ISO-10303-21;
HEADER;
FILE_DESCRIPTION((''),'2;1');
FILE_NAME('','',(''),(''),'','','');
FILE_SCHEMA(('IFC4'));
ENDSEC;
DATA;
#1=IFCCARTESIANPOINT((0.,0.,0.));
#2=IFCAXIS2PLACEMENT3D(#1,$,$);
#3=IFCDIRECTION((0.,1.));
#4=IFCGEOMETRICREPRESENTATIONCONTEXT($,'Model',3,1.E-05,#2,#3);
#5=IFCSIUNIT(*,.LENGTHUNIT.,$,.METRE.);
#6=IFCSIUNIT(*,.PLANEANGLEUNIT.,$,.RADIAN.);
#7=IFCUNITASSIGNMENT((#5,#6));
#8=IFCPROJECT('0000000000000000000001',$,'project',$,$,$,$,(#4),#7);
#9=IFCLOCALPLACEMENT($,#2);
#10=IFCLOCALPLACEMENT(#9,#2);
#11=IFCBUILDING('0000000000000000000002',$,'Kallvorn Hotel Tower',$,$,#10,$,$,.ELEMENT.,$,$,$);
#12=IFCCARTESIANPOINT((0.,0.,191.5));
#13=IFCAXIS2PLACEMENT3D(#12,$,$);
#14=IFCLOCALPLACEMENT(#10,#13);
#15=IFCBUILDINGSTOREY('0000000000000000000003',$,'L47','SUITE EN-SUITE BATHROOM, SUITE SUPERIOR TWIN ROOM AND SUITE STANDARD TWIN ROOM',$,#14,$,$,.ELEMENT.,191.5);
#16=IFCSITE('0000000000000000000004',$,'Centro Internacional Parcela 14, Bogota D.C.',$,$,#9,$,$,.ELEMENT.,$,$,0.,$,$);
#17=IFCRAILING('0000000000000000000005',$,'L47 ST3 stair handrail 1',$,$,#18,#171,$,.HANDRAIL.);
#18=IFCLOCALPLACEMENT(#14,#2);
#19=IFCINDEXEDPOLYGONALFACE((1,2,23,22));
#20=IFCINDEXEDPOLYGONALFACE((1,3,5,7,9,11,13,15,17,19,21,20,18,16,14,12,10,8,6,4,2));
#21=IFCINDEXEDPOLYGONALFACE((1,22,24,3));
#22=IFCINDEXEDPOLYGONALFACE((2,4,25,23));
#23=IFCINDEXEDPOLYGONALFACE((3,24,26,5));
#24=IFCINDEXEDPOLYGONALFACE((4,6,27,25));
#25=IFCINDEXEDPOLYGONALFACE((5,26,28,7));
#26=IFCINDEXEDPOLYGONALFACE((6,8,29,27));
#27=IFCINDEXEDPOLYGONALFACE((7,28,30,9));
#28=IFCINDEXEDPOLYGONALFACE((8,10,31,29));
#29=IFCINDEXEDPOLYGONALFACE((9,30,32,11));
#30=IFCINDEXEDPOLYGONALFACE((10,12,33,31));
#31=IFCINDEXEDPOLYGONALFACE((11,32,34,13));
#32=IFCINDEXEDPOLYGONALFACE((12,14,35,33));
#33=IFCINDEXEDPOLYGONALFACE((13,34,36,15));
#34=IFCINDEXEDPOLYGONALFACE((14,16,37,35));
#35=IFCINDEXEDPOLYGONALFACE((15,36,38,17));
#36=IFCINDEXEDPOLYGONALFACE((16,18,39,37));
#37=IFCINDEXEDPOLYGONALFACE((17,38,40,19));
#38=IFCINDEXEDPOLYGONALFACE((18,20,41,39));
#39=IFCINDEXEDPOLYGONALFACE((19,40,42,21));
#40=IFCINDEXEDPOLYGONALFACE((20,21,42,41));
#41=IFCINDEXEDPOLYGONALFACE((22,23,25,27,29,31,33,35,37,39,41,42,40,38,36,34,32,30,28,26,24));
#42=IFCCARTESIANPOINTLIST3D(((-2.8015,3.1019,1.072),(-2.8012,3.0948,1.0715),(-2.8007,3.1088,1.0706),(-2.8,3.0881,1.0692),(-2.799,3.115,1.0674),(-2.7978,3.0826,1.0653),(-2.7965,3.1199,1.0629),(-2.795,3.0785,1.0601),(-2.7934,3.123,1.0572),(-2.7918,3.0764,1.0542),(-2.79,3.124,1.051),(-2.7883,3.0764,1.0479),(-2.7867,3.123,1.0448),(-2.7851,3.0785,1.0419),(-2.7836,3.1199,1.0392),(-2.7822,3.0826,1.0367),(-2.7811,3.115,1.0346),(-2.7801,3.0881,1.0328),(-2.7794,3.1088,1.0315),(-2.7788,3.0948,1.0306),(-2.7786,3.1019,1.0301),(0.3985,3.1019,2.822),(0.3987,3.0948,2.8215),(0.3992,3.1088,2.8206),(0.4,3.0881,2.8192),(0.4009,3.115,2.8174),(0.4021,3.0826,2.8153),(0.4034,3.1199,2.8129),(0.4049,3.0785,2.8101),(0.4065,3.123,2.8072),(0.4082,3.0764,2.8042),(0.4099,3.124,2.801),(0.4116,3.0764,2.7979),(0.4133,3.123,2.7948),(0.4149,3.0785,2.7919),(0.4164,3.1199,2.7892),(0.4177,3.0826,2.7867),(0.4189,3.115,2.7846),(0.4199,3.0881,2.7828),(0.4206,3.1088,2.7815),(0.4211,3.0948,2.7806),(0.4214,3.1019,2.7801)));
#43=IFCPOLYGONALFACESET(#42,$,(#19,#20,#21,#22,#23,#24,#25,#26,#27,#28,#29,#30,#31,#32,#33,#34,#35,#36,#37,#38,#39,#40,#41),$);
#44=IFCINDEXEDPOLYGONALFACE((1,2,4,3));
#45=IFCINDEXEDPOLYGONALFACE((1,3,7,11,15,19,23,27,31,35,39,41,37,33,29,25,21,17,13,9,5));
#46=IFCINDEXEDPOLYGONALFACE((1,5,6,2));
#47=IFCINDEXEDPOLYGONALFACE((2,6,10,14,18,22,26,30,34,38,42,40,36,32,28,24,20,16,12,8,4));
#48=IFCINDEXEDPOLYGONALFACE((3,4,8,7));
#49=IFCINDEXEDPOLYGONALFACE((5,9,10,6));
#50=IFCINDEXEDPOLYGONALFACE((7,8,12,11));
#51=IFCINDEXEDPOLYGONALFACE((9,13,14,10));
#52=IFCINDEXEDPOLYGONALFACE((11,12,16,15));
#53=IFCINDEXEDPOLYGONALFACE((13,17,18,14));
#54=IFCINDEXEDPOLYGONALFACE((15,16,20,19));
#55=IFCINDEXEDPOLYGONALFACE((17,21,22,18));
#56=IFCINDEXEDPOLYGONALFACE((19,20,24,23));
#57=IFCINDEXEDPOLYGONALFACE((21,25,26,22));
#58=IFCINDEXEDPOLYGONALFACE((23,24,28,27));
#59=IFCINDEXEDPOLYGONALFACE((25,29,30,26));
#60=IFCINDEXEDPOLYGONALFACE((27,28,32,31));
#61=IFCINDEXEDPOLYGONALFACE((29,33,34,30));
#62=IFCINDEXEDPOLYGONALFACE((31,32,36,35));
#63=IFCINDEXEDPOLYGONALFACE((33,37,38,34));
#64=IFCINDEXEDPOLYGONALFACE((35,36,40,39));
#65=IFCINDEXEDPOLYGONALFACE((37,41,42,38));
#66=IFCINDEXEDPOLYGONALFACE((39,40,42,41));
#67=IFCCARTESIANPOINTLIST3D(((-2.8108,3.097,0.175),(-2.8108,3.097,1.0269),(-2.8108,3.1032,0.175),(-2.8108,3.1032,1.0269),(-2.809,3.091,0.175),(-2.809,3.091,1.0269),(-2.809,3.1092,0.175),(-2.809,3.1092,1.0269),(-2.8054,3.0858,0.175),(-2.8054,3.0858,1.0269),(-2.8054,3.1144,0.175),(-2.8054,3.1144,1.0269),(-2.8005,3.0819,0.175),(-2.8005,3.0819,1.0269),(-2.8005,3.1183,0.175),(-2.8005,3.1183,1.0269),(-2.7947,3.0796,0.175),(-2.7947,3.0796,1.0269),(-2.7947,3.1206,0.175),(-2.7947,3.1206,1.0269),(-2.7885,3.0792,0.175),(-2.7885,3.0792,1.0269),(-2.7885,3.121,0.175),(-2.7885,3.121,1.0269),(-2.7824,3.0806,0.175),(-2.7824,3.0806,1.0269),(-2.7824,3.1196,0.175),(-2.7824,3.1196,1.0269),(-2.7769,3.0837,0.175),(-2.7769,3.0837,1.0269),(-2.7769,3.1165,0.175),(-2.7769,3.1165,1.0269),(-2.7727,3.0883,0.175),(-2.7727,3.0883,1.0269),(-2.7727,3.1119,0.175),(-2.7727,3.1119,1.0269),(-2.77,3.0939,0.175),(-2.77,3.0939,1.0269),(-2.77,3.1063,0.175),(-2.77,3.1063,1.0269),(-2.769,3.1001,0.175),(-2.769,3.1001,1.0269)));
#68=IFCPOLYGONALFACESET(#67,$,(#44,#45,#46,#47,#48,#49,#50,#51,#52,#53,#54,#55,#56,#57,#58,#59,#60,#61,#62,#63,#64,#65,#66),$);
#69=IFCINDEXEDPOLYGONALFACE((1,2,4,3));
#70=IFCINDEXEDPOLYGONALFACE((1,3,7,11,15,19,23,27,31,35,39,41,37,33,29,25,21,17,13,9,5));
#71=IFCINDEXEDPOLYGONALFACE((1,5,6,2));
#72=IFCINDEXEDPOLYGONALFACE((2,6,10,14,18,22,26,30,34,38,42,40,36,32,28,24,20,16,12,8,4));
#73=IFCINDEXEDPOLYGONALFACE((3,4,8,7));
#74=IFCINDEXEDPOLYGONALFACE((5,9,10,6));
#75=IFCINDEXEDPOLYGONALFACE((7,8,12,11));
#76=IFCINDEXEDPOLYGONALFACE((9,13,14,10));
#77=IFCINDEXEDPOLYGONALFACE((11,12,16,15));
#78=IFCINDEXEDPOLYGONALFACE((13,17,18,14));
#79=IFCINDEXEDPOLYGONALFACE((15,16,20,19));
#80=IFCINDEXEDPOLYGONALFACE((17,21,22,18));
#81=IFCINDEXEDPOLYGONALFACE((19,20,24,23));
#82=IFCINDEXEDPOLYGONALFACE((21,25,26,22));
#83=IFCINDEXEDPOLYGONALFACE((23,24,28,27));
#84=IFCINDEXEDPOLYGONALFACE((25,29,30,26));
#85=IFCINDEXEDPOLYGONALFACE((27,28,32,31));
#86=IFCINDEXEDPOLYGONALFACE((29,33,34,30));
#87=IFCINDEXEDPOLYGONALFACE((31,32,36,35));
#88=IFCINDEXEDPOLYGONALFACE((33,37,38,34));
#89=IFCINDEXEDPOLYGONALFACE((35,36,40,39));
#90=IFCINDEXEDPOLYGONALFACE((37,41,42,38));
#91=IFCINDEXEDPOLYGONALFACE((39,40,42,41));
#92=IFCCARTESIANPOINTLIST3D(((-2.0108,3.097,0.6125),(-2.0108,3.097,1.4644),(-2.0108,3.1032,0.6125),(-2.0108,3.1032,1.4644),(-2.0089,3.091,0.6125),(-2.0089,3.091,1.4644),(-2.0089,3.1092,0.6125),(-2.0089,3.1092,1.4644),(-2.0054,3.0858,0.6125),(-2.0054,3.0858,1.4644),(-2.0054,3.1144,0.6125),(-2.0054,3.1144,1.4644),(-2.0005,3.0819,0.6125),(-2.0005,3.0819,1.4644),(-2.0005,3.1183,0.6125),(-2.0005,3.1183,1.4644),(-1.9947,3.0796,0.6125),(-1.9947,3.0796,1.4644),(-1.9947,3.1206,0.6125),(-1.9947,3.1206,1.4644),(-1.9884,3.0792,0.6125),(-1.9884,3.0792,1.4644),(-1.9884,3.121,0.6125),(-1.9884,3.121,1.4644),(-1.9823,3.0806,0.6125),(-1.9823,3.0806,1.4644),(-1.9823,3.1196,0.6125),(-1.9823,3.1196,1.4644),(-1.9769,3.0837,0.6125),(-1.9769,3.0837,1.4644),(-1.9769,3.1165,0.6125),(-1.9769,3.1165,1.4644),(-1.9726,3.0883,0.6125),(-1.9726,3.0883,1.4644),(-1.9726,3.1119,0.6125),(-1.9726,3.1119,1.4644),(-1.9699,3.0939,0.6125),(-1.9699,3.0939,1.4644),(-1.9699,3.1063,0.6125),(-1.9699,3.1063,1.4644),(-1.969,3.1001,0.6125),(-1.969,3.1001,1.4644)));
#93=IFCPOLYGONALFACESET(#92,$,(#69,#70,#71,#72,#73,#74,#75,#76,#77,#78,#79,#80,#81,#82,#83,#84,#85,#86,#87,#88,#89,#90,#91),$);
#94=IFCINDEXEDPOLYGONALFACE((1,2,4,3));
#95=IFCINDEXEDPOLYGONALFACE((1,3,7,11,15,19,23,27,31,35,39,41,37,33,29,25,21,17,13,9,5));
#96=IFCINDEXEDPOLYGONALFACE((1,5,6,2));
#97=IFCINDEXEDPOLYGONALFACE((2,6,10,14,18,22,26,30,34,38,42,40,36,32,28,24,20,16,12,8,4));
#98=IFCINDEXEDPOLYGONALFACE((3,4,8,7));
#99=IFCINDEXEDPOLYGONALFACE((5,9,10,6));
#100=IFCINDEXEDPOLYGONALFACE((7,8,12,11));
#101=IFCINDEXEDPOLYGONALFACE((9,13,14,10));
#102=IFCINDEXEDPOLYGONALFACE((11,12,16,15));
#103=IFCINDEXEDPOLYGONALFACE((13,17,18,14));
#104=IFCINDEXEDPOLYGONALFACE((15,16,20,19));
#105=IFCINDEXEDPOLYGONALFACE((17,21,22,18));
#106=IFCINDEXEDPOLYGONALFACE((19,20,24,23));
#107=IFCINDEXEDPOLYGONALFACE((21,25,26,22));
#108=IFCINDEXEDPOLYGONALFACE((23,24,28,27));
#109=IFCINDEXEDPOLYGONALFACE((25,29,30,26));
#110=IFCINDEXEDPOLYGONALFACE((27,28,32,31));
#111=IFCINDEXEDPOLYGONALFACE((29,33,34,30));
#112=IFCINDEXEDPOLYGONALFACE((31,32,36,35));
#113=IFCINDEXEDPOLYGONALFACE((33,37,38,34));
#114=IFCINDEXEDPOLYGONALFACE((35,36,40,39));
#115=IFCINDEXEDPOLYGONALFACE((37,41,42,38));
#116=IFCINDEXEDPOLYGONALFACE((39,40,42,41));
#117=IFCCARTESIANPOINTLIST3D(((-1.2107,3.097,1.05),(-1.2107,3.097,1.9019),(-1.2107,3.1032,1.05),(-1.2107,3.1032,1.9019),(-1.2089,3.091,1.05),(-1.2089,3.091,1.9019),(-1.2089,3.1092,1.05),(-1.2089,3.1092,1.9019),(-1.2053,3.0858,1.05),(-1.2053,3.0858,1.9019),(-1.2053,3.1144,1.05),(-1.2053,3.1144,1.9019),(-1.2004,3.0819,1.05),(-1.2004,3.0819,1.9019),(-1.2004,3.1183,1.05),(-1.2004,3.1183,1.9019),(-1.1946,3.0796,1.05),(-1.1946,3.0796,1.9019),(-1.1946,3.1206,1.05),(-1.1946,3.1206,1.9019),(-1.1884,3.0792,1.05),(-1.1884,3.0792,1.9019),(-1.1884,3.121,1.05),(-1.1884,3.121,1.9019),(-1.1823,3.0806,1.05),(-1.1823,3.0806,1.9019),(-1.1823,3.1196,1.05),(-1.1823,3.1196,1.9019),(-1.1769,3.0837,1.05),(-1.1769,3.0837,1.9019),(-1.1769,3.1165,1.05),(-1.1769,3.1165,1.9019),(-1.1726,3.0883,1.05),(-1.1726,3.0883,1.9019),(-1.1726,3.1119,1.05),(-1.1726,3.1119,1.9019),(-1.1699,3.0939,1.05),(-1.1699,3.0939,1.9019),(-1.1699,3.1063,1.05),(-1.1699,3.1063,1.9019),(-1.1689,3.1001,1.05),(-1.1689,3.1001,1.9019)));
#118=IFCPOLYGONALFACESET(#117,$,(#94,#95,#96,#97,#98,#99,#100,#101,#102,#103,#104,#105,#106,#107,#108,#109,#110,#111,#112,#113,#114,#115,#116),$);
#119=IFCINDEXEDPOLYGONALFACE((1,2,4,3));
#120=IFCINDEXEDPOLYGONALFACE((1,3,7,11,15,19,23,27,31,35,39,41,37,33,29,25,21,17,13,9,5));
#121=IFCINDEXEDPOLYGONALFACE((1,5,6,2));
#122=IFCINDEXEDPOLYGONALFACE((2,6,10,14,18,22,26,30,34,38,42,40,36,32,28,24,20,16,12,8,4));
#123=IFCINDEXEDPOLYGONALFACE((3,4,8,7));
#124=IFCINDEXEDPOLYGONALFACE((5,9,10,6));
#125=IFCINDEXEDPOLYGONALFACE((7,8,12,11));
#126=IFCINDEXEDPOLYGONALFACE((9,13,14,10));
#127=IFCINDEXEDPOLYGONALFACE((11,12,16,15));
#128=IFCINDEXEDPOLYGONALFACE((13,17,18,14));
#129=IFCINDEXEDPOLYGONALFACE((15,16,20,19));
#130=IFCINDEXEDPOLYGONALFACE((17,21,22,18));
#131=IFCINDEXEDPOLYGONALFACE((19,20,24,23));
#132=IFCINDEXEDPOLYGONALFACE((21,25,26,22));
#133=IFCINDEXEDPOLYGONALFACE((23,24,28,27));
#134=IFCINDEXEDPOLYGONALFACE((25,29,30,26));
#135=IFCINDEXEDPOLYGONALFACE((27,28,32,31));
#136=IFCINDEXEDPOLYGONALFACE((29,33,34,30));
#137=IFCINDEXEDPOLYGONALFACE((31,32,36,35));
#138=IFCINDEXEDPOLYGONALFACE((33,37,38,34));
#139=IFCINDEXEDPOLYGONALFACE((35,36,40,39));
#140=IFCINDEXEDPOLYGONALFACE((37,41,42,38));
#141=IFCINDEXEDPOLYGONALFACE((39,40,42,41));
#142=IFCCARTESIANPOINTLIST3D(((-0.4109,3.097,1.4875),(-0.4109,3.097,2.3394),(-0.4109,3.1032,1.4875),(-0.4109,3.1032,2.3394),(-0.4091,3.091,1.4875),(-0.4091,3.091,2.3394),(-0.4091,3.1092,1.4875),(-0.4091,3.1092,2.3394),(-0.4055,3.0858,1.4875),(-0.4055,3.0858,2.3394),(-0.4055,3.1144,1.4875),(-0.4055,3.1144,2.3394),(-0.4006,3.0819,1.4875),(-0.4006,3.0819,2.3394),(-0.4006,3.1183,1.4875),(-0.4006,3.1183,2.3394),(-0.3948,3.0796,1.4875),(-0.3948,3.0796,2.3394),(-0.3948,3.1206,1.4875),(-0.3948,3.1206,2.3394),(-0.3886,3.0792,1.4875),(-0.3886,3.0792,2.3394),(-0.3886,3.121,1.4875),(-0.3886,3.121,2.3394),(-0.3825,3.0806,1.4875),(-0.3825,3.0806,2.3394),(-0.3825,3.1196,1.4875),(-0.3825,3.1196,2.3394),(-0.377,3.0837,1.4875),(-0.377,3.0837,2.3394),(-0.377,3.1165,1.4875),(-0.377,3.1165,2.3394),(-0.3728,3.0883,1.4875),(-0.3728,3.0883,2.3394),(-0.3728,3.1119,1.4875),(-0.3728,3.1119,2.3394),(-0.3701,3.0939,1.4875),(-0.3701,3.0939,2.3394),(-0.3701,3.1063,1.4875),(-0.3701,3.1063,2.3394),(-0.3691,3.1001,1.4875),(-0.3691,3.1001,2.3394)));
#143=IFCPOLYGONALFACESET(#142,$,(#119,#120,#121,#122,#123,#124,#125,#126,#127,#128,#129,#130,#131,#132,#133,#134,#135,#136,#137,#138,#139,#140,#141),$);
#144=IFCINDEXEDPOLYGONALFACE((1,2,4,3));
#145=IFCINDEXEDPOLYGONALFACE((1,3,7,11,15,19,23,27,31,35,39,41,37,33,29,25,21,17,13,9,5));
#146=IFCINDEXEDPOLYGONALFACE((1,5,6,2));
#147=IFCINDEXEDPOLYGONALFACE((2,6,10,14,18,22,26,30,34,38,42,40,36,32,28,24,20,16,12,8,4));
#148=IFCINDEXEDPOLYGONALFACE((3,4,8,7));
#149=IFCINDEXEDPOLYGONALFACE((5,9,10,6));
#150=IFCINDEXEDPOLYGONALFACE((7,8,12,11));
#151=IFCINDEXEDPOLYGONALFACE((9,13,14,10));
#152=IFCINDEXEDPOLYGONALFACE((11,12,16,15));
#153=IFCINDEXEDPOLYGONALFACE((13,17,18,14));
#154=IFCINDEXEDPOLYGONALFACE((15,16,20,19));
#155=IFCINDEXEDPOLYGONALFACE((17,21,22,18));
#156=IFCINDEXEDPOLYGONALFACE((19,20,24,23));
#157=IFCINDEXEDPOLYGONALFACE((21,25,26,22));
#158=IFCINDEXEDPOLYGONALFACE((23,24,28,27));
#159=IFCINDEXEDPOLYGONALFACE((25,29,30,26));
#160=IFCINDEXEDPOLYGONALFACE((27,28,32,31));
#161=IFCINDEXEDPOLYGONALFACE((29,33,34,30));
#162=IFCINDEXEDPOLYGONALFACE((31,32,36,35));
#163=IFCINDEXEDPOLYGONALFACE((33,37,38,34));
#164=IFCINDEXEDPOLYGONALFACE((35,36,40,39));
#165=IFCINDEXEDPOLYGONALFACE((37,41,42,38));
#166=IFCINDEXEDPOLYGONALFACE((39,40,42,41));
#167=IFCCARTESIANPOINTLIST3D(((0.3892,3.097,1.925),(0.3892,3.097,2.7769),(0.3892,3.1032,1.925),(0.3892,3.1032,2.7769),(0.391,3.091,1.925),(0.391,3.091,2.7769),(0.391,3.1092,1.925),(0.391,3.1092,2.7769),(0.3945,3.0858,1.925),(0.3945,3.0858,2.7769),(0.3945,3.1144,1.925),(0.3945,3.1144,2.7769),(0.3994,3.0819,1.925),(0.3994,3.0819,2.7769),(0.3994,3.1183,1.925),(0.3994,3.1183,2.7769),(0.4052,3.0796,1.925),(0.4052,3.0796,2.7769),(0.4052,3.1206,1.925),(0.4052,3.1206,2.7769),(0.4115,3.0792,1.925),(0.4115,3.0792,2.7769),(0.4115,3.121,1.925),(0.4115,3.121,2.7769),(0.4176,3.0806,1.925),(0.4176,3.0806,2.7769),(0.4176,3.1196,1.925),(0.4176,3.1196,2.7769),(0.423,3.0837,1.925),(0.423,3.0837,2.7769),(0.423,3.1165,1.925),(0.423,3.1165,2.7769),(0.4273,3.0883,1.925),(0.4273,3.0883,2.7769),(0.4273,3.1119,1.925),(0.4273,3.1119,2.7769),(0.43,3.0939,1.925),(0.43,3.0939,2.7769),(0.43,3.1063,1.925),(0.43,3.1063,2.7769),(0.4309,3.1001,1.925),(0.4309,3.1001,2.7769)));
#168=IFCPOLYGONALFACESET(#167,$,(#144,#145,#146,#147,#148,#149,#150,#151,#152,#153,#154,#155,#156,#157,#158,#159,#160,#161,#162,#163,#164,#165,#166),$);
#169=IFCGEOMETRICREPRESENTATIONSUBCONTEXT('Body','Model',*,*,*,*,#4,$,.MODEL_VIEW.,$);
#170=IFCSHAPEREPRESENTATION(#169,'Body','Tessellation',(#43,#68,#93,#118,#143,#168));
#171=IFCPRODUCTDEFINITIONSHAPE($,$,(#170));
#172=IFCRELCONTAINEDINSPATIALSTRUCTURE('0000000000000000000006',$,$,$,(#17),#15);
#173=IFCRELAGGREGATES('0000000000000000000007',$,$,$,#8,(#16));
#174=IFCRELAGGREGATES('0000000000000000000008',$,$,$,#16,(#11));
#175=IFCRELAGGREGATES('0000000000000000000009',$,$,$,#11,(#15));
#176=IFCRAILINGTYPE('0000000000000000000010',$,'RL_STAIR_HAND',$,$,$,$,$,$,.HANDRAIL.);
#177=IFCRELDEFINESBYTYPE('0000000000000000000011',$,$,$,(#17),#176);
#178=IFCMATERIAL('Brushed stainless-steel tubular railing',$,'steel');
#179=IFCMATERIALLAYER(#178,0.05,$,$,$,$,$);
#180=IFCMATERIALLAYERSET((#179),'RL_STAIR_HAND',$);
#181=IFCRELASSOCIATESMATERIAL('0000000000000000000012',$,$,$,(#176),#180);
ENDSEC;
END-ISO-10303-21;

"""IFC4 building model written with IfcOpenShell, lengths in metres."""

from ifc_helpers import new_model, si_unit, direction, frame, origin, origin_2d, place, context, subcontext, project, spatial, circle, extrude, material, layer, layer_set, type_object, element, save


model = new_model("IFC4")

# Units and contexts
model_context = context("Model", 3, precision=1e-05, world=origin(), true_north=direction((0.0, 1.0)))
body_context = subcontext(model_context, "Body", "Model", "MODEL_VIEW")
ifc_project = project(units=[si_unit("LENGTHUNIT", "METRE"), si_unit("PLANEANGLEUNIT", "RADIAN")], contexts=[model_context])

# Site, building, storey
site_placement = place(None, origin())
site = spatial("IfcSite", under=ifc_project, at=site_placement, Name="Centro Internacional Parcela 14, Bogota D.C.", CompositionType="ELEMENT", RefElevation=0.0)
building_placement = place(site_placement, origin())
building = spatial("IfcBuilding", under=site, at=building_placement, Name="Kallvorn Hotel Tower", CompositionType="ELEMENT")
storey_placement = place(building_placement, frame((0.0, 0.0, 191.5)))
storey = spatial("IfcBuildingStorey", under=building, at=storey_placement, Name="L47", Description="SUITE EN-SUITE BATHROOM, SUITE SUPERIOR TWIN ROOM AND SUITE STANDARD TWIN ROOM", CompositionType="ELEMENT", Elevation=191.5)

# Railing
ifc_material_1 = material(Name="Brushed stainless-steel tubular railing", Category="steel")
ifc_layer_1 = layer(ifc_material_1, 0.05)
ifc_layer_set_1 = layer_set([ifc_layer_1], Name="RL_STAIR_HAND")
railing_type_1 = type_object("IfcRailingType", Name="RL_STAIR_HAND", PredefinedType="HANDRAIL", material=ifc_layer_set_1)
railing_1_placement = place(storey_placement, frame((-2.79, 3.1001, 0.175)))
element("IfcRailing", 1, at=railing_1_placement, inside=storey, type_object=railing_type_1, Name="L47 ST3 stair handrail 1", PredefinedType="HANDRAIL", context=body_context, shape_type="SweptSolid", body=[
    extrude(circle(Radius=0.0239, at=origin_2d()), frame((0.0, 0.0, 0.876), z_axis=(0.877368, 0.0, 0.479818), x_axis=(0.0, 1.0, 0.0)), (0.0, 0.0, 1.0), 3.6472),
    extrude(circle(Radius=0.021, at=origin_2d()), origin(), (0.0, 0.0, 1.0), 0.8518),
    extrude(circle(Radius=0.021, at=origin_2d()), frame((0.8, 0.0, 0.4375)), (0.0, 0.0, 1.0), 0.8518),
    extrude(circle(Radius=0.021, at=origin_2d()), frame((1.6001, 0.0, 0.875)), (0.0, 0.0, 1.0), 0.8518),
    extrude(circle(Radius=0.021, at=origin_2d()), frame((2.3999, 0.0, 1.3125)), (0.0, 0.0, 1.0), 0.8518),
    extrude(circle(Radius=0.021, at=origin_2d()), frame((3.2, 0.0, 1.75)), (0.0, 0.0, 1.0), 0.8518),
])

save(model, "model.ifc")
